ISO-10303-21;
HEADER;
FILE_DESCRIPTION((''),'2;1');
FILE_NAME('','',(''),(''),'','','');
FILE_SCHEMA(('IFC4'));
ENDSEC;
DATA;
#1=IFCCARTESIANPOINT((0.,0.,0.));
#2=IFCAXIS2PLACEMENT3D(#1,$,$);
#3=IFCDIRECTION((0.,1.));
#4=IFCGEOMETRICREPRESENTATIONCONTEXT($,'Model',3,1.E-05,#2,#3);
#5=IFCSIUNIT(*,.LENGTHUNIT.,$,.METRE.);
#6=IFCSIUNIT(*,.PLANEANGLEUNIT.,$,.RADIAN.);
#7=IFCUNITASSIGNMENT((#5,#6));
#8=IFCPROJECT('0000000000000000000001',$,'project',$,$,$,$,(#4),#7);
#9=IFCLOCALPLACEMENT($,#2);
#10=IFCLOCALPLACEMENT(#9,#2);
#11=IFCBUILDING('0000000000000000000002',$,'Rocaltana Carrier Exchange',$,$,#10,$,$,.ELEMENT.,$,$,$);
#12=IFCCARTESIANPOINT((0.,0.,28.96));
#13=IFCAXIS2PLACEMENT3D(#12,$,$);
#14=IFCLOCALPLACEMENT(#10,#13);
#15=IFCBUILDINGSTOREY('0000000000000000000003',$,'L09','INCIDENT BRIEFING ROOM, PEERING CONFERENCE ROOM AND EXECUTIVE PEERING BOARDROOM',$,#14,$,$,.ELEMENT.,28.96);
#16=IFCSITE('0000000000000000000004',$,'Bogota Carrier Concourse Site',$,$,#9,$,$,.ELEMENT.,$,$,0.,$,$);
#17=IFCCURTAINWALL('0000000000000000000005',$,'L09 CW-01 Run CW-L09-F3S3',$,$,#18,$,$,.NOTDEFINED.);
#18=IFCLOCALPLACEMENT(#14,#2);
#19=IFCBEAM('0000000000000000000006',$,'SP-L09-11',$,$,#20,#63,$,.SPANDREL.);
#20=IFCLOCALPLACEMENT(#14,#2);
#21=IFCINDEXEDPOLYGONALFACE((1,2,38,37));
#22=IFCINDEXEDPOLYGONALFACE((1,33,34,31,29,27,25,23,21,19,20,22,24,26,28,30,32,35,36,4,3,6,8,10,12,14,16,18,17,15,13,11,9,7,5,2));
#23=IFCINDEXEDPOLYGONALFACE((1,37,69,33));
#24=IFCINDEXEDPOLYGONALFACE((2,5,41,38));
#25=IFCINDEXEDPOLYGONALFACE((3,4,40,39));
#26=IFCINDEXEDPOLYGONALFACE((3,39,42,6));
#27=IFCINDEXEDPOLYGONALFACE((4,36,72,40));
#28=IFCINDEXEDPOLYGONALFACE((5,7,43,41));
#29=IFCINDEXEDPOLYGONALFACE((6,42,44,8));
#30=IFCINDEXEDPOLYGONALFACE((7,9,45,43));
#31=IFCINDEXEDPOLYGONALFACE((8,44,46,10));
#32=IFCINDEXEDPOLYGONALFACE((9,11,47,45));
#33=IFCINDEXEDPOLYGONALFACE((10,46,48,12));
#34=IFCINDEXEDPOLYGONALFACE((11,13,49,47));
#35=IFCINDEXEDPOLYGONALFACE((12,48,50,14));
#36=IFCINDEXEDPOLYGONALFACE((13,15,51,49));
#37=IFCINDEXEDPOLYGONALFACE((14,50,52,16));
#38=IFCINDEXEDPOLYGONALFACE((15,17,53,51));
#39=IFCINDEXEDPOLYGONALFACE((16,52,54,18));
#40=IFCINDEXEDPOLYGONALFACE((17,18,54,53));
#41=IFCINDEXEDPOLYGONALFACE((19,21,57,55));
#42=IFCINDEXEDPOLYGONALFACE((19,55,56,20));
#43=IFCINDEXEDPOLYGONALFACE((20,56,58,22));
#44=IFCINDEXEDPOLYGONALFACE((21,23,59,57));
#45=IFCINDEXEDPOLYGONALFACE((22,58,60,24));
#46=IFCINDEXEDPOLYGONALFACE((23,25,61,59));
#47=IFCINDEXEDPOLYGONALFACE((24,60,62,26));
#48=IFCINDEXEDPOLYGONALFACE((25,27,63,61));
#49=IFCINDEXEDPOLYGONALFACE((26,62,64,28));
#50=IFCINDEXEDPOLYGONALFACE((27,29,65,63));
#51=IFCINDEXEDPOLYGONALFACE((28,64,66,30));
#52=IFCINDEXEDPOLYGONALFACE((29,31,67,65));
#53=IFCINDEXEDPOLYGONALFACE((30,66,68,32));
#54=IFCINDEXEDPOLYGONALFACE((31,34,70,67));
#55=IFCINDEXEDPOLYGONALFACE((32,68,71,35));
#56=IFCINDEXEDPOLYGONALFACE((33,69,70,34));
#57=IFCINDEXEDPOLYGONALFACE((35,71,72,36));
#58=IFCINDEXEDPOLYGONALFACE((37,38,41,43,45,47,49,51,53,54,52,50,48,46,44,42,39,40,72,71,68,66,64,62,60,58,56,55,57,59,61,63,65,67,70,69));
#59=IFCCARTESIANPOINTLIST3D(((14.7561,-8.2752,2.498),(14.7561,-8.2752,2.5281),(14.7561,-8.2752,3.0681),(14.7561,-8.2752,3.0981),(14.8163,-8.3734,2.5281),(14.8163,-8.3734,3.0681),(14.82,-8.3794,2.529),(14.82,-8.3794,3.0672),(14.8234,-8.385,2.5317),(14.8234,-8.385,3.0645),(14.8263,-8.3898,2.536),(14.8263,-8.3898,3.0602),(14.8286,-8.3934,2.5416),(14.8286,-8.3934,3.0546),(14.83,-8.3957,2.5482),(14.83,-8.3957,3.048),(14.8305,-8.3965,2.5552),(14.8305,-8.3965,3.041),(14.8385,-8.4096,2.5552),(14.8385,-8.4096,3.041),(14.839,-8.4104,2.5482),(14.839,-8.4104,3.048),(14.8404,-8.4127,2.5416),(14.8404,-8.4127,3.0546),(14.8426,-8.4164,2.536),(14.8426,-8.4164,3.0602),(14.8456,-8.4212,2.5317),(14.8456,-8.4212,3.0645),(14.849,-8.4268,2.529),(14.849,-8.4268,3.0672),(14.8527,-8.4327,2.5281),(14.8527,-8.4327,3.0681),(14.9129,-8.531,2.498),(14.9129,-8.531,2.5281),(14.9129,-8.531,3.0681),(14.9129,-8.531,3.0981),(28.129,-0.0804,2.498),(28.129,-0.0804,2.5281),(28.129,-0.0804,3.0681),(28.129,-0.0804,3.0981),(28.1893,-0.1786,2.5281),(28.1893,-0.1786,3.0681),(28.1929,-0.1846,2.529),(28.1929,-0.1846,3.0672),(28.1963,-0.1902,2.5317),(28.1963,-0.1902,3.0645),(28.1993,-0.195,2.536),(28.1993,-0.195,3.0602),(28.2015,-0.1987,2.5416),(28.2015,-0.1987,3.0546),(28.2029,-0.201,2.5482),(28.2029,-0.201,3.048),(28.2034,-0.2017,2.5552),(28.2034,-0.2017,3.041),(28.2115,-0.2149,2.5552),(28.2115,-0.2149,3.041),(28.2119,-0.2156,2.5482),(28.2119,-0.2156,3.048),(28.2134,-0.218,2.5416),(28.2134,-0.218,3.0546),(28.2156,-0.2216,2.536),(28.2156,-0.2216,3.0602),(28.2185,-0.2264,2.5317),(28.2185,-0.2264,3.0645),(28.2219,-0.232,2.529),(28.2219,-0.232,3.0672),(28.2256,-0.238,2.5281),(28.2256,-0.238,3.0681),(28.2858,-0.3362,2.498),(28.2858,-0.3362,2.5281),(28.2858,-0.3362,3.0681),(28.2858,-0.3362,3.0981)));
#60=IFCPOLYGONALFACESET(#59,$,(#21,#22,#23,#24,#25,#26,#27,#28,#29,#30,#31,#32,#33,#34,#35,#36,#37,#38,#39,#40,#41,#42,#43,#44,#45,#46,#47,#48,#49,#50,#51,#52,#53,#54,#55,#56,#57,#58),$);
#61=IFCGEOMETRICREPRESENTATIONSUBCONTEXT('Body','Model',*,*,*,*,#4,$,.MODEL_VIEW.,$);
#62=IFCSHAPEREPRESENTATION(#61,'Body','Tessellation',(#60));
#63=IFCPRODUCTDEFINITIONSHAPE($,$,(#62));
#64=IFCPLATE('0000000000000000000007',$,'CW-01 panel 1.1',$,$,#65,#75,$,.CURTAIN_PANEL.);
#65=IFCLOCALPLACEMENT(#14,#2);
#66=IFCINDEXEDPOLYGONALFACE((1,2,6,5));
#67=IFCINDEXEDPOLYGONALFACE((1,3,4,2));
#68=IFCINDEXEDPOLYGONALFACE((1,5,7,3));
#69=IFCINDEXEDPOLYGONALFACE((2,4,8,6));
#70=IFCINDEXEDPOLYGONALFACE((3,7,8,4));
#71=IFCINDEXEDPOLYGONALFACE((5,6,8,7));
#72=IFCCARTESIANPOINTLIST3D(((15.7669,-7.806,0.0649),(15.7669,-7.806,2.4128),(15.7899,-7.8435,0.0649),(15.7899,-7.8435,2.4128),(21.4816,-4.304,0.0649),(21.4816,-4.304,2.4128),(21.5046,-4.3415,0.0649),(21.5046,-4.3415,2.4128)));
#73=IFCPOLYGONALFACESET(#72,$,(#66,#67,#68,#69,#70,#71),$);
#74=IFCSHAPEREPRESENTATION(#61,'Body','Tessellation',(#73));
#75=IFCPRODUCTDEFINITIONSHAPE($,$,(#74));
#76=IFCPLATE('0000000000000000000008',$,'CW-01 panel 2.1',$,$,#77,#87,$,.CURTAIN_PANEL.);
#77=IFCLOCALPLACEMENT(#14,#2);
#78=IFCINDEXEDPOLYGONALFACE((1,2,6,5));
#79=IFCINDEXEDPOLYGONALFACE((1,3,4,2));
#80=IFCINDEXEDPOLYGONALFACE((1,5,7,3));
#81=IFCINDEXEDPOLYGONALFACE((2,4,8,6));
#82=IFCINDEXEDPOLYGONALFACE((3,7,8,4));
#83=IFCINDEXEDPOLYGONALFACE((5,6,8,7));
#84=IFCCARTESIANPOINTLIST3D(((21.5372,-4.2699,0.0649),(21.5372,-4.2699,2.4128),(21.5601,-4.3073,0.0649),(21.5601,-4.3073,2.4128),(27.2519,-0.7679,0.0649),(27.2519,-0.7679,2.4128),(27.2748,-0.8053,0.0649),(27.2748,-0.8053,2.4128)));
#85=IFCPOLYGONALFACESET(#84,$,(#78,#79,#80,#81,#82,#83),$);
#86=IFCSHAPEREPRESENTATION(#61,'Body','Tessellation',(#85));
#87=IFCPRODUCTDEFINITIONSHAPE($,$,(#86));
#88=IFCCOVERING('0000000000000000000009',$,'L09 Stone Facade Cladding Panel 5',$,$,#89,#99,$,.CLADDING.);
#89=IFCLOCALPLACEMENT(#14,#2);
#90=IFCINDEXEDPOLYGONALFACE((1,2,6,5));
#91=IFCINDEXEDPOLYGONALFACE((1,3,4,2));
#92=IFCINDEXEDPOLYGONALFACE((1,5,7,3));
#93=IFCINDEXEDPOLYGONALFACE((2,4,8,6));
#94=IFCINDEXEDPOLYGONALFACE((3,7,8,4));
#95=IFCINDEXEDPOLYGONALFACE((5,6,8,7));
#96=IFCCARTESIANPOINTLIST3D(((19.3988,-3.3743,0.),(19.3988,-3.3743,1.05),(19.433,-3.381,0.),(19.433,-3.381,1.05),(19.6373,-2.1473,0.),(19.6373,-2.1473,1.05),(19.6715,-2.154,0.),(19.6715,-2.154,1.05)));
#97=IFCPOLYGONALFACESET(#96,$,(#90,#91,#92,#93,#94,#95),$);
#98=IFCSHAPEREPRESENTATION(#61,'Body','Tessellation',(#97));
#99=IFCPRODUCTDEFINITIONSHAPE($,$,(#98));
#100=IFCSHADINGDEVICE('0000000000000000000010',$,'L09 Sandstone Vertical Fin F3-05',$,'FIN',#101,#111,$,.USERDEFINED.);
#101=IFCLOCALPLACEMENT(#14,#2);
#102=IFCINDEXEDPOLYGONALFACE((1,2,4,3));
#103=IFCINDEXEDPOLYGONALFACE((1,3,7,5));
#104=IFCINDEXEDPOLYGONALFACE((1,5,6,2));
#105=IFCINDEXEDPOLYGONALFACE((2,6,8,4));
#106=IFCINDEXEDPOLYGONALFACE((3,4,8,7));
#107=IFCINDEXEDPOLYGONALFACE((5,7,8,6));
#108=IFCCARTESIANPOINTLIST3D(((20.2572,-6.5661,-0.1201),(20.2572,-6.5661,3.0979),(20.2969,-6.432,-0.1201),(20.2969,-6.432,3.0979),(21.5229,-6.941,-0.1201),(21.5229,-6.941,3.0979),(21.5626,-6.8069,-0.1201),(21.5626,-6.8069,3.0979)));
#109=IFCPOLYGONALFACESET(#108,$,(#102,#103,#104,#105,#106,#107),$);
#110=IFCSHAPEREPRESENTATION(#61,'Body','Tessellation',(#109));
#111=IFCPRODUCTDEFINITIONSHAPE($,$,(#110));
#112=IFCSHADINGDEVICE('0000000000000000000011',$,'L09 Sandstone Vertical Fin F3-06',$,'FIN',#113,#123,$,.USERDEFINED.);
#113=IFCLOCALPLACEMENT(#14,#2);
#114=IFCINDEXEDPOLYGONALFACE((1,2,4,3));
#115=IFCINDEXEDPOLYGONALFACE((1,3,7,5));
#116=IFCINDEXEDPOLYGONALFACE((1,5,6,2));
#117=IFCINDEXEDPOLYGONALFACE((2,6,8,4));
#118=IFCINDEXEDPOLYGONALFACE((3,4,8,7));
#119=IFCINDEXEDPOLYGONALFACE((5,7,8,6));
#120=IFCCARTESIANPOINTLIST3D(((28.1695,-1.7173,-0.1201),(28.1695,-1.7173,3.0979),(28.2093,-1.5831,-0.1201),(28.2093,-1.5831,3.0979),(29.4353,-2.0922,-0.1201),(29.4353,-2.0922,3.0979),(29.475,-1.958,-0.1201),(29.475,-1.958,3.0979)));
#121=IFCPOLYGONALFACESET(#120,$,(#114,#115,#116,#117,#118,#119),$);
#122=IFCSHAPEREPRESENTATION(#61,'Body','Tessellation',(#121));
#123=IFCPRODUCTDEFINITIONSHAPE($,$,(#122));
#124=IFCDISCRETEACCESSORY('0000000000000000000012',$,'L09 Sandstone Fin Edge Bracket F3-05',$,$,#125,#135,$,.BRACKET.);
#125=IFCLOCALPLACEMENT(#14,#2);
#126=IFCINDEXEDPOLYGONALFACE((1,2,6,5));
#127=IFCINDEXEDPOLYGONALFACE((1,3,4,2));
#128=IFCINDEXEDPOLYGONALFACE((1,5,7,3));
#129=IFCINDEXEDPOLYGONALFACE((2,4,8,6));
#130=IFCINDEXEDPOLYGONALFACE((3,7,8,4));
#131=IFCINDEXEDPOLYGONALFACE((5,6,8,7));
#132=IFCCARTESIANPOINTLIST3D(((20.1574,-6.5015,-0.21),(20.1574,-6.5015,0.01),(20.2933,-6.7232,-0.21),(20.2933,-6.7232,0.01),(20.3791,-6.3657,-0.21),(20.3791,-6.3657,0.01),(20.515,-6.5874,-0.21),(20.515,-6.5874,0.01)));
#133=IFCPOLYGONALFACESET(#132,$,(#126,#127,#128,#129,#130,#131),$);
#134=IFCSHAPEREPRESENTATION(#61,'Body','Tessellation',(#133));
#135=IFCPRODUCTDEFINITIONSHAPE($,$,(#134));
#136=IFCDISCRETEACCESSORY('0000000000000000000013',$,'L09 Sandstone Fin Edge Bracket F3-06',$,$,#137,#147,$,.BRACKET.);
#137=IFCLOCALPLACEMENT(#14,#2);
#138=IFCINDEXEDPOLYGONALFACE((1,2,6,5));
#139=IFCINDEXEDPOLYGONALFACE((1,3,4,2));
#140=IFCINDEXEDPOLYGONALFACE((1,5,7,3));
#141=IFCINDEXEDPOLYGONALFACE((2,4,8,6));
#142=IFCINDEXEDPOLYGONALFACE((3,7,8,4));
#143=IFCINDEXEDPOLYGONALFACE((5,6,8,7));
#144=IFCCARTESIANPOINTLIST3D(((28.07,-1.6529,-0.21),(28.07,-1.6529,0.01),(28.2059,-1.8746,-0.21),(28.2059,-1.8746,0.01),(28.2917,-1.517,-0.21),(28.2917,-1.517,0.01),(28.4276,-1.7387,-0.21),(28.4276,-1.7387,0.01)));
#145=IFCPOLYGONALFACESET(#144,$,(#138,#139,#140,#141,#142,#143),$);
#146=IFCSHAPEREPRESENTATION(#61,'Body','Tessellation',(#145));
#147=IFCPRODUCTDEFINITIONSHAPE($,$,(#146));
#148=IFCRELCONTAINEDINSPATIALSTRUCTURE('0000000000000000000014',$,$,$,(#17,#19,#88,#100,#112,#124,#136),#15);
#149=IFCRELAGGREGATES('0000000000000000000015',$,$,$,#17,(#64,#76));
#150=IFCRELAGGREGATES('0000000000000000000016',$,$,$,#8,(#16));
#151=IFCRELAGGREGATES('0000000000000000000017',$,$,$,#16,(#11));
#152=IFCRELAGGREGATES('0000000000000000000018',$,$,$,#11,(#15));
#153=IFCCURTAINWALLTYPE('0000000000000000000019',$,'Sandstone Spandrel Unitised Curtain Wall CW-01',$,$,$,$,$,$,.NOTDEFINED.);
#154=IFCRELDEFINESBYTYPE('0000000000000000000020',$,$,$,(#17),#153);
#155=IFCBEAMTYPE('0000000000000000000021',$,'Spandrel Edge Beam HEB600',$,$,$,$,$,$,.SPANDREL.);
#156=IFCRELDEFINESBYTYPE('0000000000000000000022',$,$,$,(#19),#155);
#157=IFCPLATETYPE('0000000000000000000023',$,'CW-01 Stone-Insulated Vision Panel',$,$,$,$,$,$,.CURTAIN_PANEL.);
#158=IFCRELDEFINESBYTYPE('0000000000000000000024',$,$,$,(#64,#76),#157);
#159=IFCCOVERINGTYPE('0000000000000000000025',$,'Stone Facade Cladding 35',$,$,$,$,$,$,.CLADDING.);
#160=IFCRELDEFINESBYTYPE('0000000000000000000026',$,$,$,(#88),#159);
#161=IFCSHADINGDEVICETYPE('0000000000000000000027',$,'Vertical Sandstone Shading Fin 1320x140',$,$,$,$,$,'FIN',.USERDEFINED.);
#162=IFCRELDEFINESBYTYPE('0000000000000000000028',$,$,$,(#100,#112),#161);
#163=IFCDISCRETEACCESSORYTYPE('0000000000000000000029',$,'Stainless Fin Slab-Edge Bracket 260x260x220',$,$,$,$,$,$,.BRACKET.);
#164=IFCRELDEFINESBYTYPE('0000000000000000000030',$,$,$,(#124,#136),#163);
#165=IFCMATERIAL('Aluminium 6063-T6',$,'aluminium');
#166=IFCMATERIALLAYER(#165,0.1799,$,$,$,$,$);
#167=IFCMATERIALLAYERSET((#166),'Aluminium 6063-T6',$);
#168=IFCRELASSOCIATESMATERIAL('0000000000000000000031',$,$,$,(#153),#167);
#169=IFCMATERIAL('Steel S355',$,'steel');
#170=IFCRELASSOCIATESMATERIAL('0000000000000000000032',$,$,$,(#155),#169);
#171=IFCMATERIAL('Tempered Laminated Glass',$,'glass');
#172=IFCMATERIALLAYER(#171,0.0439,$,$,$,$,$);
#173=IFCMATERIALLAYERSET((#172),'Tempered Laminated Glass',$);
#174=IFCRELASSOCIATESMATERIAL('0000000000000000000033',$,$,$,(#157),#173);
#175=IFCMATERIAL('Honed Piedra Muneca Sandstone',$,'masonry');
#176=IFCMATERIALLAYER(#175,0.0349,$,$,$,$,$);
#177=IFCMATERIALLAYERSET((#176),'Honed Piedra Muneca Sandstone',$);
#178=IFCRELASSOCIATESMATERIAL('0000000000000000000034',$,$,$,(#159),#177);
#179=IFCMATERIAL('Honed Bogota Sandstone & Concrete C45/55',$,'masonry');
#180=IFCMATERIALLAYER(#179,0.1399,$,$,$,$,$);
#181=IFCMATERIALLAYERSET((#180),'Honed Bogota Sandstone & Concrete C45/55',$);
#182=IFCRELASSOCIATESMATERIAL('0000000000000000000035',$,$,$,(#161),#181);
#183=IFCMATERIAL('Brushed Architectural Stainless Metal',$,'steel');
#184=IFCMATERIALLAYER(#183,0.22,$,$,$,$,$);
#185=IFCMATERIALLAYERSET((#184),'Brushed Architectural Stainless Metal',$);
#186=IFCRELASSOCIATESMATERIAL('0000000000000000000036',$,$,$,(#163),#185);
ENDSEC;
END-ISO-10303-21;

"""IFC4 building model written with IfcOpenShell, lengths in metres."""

from ifc_helpers import new_model, si_unit, direction, frame, origin, origin_2d, place, context, subcontext, project, spatial, rectangle, i_section, extrude, material, layer, layer_set, material_profile, profile_set, type_object, element, aggregate, save


model = new_model("IFC4")

# Units and contexts
model_context = context("Model", 3, precision=1e-05, world=origin(), true_north=direction((0.0, 1.0)))
body_context = subcontext(model_context, "Body", "Model", "MODEL_VIEW")
ifc_project = project(units=[si_unit("LENGTHUNIT", "METRE"), si_unit("PLANEANGLEUNIT", "RADIAN")], contexts=[model_context])

# Site, building, storey
site_placement = place(None, origin())
site = spatial("IfcSite", under=ifc_project, at=site_placement, Name="Bogota Carrier Concourse Site", CompositionType="ELEMENT", RefElevation=0.0)
building_placement = place(site_placement, origin())
building = spatial("IfcBuilding", under=site, at=building_placement, Name="Rocaltana Carrier Exchange", CompositionType="ELEMENT")
storey_placement = place(building_placement, frame((0.0, 0.0, 28.96)))
storey = spatial("IfcBuildingStorey", under=building, at=storey_placement, Name="L09", Description="INCIDENT BRIEFING ROOM, PEERING CONFERENCE ROOM AND EXECUTIVE PEERING BOARDROOM", CompositionType="ELEMENT", Elevation=28.96)

# Curtain wall
ifc_material_1 = material(Name="Aluminium 6063-T6", Category="aluminium")
ifc_layer_1 = layer(ifc_material_1, 0.1799)
ifc_layer_set_1 = layer_set([ifc_layer_1], Name="Aluminium 6063-T6")
curtain_wall_type = type_object("IfcCurtainWallType", Name="Sandstone Spandrel Unitised Curtain Wall CW-01", PredefinedType="NOTDEFINED", material=ifc_layer_set_1)
curtain_wall_placement = place(storey_placement, origin())
curtain_wall = element("IfcCurtainWall", 1, at=curtain_wall_placement, inside=storey, type_object=curtain_wall_type, Name="L09 CW-01 Run CW-L09-F3S3", PredefinedType="NOTDEFINED")

# Beam
ifc_material_2 = material(Name="Steel S355", Category="steel")
ifc_material_profile_1 = material_profile(ifc_material_2, i_section(OverallWidth=0.3, OverallDepth=0.6001, WebThickness=0.0154, FlangeThickness=0.03, FilletRadius=0.0271, at=origin_2d()), Name="HEB600")
ifc_profile_set_1 = profile_set([ifc_material_profile_1], Name="Steel S355")
beam_type_1 = type_object("IfcBeamType", Name="Spandrel Edge Beam HEB600", PredefinedType="SPANDREL", material=ifc_profile_set_1)
beam_1_placement = place(storey_placement, frame((14.8345, -8.4031, 2.7981), z_axis=(0.852646, 0.52249, 0.0), x_axis=(-0.52249, 0.852646, 0.0)))
element("IfcBeam", 2, at=beam_1_placement, inside=storey, type_object=beam_type_1, Name="SP-L09-11", PredefinedType="SPANDREL", context=body_context, shape_type="SweptSolid", body=[
    extrude(i_section(OverallWidth=0.3, OverallDepth=0.6001, WebThickness=0.0154, FlangeThickness=0.03, FilletRadius=0.0271, at=origin_2d()), origin(), (0.0, 0.0, 1.0), 15.6841),
])

# Plates
ifc_material_3 = material(Name="Tempered Laminated Glass", Category="glass")
ifc_layer_2 = layer(ifc_material_3, 0.0439)
ifc_layer_set_2 = layer_set([ifc_layer_2], Name="Tempered Laminated Glass")
plate_type = type_object("IfcPlateType", Name="CW-01 Stone-Insulated Vision Panel", PredefinedType="CURTAIN_PANEL", material=ifc_layer_set_2)
plate_1_placement = place(storey_placement, frame((18.6357, -6.0737, 0.0649), z_axis=(0.0, 0.0, 1.0), x_axis=(0.852639, 0.5225, 0.0)))
plate_1 = element("IfcPlate", 3, at=plate_1_placement, type_object=plate_type, Name="CW-01 panel 1.1", PredefinedType="CURTAIN_PANEL", context=body_context, shape_type="SweptSolid", body=[
    extrude(rectangle(XDim=6.7024, YDim=0.0439, at=origin_2d()), origin(), (0.0, 0.0, 1.0), 2.3479),
])
plate_2_placement = place(storey_placement, frame((24.406, -2.5376, 0.0649), z_axis=(0.0, 0.0, 1.0), x_axis=(0.852639, 0.5225, 0.0)))
plate_2 = element("IfcPlate", 4, at=plate_2_placement, type_object=plate_type, Name="CW-01 panel 2.1", PredefinedType="CURTAIN_PANEL", context=body_context, shape_type="SweptSolid", body=[
    extrude(rectangle(XDim=6.7024, YDim=0.0439, at=origin_2d()), origin(), (0.0, 0.0, 1.0), 2.3479),
])
aggregate(curtain_wall, [plate_1, plate_2])

# Covering
ifc_material_4 = material(Name="Honed Piedra Muneca Sandstone", Category="masonry")
ifc_layer_3 = layer(ifc_material_4, 0.0349)
ifc_layer_set_3 = layer_set([ifc_layer_3], Name="Honed Piedra Muneca Sandstone")
covering_type = type_object("IfcCoveringType", Name="Stone Facade Cladding 35", PredefinedType="CLADDING", material=ifc_layer_set_3)
covering_placement = place(storey_placement, frame((19.5352, -2.7642, 0.0), z_axis=(0.0, 0.0, 1.0), x_axis=(0.190809, 0.981627, 0.0)))
element("IfcCovering", 5, at=covering_placement, inside=storey, type_object=covering_type, Name="L09 Stone Facade Cladding Panel 5", PredefinedType="CLADDING", context=body_context, shape_type="SweptSolid", body=[
    extrude(rectangle(XDim=1.25, YDim=0.0349, at=origin_2d()), origin(), (0.0, 0.0, 1.0), 1.05),
])

# Shading devices
ifc_material_5 = material(Name="Honed Bogota Sandstone & Concrete C45/55", Category="masonry")
ifc_layer_4 = layer(ifc_material_5, 0.1399)
ifc_layer_set_4 = layer_set([ifc_layer_4], Name="Honed Bogota Sandstone & Concrete C45/55")
shading_device_type = type_object("IfcShadingDeviceType", Name="Vertical Sandstone Shading Fin 1320x140", ElementType="FIN", PredefinedType="USERDEFINED", material=ifc_layer_set_4)
for number, where, z_axis, x_axis, name in (
    (6, (20.9099, -6.6865, -0.1201), (0.0, 0.0, 1.0), (0.95882, -0.284015, 0.0), "L09 Sandstone Vertical Fin F3-05"),
    (7, (28.8223, -1.8376, -0.1201), (0.0, 0.0, 1.0), (0.95882, -0.284015, 0.0), "L09 Sandstone Vertical Fin F3-06"),
):
    element("IfcShadingDevice", number, at=place(storey_placement, frame(where, z_axis=z_axis, x_axis=x_axis)), inside=storey, type_object=shading_device_type, Name=name, ObjectType="FIN", PredefinedType="USERDEFINED", context=body_context, shape_type="SweptSolid", body=[
        extrude(rectangle(XDim=1.3201, YDim=0.1399, at=origin_2d()), origin(), (0.0, 0.0, 1.0), 3.218),
    ])

# Discrete accessories
ifc_material_6 = material(Name="Brushed Architectural Stainless Metal", Category="steel")
ifc_layer_5 = layer(ifc_material_6, 0.22)
ifc_layer_set_5 = layer_set([ifc_layer_5], Name="Brushed Architectural Stainless Metal")
discrete_accessory_type = type_object("IfcDiscreteAccessoryType", Name="Stainless Fin Slab-Edge Bracket 260x260x220", PredefinedType="BRACKET", material=ifc_layer_set_5)
for number, where, z_axis, x_axis, name in (
    (8, (20.3362, -6.5444, -0.21), (0.0, 0.0, 1.0), (0.85264, 0.522499, 0.0), "L09 Sandstone Fin Edge Bracket F3-05"),
    (9, (28.2488, -1.6958, -0.21), (0.0, 0.0, 1.0), (0.85264, 0.522499, 0.0), "L09 Sandstone Fin Edge Bracket F3-06"),
):
    element("IfcDiscreteAccessory", number, at=place(storey_placement, frame(where, z_axis=z_axis, x_axis=x_axis)), inside=storey, type_object=discrete_accessory_type, Name=name, PredefinedType="BRACKET", context=body_context, shape_type="SweptSolid", body=[
        extrude(rectangle(XDim=0.26, YDim=0.26, at=origin_2d()), origin(), (0.0, 0.0, 1.0), 0.22),
    ])

save(model, "model.ifc")
